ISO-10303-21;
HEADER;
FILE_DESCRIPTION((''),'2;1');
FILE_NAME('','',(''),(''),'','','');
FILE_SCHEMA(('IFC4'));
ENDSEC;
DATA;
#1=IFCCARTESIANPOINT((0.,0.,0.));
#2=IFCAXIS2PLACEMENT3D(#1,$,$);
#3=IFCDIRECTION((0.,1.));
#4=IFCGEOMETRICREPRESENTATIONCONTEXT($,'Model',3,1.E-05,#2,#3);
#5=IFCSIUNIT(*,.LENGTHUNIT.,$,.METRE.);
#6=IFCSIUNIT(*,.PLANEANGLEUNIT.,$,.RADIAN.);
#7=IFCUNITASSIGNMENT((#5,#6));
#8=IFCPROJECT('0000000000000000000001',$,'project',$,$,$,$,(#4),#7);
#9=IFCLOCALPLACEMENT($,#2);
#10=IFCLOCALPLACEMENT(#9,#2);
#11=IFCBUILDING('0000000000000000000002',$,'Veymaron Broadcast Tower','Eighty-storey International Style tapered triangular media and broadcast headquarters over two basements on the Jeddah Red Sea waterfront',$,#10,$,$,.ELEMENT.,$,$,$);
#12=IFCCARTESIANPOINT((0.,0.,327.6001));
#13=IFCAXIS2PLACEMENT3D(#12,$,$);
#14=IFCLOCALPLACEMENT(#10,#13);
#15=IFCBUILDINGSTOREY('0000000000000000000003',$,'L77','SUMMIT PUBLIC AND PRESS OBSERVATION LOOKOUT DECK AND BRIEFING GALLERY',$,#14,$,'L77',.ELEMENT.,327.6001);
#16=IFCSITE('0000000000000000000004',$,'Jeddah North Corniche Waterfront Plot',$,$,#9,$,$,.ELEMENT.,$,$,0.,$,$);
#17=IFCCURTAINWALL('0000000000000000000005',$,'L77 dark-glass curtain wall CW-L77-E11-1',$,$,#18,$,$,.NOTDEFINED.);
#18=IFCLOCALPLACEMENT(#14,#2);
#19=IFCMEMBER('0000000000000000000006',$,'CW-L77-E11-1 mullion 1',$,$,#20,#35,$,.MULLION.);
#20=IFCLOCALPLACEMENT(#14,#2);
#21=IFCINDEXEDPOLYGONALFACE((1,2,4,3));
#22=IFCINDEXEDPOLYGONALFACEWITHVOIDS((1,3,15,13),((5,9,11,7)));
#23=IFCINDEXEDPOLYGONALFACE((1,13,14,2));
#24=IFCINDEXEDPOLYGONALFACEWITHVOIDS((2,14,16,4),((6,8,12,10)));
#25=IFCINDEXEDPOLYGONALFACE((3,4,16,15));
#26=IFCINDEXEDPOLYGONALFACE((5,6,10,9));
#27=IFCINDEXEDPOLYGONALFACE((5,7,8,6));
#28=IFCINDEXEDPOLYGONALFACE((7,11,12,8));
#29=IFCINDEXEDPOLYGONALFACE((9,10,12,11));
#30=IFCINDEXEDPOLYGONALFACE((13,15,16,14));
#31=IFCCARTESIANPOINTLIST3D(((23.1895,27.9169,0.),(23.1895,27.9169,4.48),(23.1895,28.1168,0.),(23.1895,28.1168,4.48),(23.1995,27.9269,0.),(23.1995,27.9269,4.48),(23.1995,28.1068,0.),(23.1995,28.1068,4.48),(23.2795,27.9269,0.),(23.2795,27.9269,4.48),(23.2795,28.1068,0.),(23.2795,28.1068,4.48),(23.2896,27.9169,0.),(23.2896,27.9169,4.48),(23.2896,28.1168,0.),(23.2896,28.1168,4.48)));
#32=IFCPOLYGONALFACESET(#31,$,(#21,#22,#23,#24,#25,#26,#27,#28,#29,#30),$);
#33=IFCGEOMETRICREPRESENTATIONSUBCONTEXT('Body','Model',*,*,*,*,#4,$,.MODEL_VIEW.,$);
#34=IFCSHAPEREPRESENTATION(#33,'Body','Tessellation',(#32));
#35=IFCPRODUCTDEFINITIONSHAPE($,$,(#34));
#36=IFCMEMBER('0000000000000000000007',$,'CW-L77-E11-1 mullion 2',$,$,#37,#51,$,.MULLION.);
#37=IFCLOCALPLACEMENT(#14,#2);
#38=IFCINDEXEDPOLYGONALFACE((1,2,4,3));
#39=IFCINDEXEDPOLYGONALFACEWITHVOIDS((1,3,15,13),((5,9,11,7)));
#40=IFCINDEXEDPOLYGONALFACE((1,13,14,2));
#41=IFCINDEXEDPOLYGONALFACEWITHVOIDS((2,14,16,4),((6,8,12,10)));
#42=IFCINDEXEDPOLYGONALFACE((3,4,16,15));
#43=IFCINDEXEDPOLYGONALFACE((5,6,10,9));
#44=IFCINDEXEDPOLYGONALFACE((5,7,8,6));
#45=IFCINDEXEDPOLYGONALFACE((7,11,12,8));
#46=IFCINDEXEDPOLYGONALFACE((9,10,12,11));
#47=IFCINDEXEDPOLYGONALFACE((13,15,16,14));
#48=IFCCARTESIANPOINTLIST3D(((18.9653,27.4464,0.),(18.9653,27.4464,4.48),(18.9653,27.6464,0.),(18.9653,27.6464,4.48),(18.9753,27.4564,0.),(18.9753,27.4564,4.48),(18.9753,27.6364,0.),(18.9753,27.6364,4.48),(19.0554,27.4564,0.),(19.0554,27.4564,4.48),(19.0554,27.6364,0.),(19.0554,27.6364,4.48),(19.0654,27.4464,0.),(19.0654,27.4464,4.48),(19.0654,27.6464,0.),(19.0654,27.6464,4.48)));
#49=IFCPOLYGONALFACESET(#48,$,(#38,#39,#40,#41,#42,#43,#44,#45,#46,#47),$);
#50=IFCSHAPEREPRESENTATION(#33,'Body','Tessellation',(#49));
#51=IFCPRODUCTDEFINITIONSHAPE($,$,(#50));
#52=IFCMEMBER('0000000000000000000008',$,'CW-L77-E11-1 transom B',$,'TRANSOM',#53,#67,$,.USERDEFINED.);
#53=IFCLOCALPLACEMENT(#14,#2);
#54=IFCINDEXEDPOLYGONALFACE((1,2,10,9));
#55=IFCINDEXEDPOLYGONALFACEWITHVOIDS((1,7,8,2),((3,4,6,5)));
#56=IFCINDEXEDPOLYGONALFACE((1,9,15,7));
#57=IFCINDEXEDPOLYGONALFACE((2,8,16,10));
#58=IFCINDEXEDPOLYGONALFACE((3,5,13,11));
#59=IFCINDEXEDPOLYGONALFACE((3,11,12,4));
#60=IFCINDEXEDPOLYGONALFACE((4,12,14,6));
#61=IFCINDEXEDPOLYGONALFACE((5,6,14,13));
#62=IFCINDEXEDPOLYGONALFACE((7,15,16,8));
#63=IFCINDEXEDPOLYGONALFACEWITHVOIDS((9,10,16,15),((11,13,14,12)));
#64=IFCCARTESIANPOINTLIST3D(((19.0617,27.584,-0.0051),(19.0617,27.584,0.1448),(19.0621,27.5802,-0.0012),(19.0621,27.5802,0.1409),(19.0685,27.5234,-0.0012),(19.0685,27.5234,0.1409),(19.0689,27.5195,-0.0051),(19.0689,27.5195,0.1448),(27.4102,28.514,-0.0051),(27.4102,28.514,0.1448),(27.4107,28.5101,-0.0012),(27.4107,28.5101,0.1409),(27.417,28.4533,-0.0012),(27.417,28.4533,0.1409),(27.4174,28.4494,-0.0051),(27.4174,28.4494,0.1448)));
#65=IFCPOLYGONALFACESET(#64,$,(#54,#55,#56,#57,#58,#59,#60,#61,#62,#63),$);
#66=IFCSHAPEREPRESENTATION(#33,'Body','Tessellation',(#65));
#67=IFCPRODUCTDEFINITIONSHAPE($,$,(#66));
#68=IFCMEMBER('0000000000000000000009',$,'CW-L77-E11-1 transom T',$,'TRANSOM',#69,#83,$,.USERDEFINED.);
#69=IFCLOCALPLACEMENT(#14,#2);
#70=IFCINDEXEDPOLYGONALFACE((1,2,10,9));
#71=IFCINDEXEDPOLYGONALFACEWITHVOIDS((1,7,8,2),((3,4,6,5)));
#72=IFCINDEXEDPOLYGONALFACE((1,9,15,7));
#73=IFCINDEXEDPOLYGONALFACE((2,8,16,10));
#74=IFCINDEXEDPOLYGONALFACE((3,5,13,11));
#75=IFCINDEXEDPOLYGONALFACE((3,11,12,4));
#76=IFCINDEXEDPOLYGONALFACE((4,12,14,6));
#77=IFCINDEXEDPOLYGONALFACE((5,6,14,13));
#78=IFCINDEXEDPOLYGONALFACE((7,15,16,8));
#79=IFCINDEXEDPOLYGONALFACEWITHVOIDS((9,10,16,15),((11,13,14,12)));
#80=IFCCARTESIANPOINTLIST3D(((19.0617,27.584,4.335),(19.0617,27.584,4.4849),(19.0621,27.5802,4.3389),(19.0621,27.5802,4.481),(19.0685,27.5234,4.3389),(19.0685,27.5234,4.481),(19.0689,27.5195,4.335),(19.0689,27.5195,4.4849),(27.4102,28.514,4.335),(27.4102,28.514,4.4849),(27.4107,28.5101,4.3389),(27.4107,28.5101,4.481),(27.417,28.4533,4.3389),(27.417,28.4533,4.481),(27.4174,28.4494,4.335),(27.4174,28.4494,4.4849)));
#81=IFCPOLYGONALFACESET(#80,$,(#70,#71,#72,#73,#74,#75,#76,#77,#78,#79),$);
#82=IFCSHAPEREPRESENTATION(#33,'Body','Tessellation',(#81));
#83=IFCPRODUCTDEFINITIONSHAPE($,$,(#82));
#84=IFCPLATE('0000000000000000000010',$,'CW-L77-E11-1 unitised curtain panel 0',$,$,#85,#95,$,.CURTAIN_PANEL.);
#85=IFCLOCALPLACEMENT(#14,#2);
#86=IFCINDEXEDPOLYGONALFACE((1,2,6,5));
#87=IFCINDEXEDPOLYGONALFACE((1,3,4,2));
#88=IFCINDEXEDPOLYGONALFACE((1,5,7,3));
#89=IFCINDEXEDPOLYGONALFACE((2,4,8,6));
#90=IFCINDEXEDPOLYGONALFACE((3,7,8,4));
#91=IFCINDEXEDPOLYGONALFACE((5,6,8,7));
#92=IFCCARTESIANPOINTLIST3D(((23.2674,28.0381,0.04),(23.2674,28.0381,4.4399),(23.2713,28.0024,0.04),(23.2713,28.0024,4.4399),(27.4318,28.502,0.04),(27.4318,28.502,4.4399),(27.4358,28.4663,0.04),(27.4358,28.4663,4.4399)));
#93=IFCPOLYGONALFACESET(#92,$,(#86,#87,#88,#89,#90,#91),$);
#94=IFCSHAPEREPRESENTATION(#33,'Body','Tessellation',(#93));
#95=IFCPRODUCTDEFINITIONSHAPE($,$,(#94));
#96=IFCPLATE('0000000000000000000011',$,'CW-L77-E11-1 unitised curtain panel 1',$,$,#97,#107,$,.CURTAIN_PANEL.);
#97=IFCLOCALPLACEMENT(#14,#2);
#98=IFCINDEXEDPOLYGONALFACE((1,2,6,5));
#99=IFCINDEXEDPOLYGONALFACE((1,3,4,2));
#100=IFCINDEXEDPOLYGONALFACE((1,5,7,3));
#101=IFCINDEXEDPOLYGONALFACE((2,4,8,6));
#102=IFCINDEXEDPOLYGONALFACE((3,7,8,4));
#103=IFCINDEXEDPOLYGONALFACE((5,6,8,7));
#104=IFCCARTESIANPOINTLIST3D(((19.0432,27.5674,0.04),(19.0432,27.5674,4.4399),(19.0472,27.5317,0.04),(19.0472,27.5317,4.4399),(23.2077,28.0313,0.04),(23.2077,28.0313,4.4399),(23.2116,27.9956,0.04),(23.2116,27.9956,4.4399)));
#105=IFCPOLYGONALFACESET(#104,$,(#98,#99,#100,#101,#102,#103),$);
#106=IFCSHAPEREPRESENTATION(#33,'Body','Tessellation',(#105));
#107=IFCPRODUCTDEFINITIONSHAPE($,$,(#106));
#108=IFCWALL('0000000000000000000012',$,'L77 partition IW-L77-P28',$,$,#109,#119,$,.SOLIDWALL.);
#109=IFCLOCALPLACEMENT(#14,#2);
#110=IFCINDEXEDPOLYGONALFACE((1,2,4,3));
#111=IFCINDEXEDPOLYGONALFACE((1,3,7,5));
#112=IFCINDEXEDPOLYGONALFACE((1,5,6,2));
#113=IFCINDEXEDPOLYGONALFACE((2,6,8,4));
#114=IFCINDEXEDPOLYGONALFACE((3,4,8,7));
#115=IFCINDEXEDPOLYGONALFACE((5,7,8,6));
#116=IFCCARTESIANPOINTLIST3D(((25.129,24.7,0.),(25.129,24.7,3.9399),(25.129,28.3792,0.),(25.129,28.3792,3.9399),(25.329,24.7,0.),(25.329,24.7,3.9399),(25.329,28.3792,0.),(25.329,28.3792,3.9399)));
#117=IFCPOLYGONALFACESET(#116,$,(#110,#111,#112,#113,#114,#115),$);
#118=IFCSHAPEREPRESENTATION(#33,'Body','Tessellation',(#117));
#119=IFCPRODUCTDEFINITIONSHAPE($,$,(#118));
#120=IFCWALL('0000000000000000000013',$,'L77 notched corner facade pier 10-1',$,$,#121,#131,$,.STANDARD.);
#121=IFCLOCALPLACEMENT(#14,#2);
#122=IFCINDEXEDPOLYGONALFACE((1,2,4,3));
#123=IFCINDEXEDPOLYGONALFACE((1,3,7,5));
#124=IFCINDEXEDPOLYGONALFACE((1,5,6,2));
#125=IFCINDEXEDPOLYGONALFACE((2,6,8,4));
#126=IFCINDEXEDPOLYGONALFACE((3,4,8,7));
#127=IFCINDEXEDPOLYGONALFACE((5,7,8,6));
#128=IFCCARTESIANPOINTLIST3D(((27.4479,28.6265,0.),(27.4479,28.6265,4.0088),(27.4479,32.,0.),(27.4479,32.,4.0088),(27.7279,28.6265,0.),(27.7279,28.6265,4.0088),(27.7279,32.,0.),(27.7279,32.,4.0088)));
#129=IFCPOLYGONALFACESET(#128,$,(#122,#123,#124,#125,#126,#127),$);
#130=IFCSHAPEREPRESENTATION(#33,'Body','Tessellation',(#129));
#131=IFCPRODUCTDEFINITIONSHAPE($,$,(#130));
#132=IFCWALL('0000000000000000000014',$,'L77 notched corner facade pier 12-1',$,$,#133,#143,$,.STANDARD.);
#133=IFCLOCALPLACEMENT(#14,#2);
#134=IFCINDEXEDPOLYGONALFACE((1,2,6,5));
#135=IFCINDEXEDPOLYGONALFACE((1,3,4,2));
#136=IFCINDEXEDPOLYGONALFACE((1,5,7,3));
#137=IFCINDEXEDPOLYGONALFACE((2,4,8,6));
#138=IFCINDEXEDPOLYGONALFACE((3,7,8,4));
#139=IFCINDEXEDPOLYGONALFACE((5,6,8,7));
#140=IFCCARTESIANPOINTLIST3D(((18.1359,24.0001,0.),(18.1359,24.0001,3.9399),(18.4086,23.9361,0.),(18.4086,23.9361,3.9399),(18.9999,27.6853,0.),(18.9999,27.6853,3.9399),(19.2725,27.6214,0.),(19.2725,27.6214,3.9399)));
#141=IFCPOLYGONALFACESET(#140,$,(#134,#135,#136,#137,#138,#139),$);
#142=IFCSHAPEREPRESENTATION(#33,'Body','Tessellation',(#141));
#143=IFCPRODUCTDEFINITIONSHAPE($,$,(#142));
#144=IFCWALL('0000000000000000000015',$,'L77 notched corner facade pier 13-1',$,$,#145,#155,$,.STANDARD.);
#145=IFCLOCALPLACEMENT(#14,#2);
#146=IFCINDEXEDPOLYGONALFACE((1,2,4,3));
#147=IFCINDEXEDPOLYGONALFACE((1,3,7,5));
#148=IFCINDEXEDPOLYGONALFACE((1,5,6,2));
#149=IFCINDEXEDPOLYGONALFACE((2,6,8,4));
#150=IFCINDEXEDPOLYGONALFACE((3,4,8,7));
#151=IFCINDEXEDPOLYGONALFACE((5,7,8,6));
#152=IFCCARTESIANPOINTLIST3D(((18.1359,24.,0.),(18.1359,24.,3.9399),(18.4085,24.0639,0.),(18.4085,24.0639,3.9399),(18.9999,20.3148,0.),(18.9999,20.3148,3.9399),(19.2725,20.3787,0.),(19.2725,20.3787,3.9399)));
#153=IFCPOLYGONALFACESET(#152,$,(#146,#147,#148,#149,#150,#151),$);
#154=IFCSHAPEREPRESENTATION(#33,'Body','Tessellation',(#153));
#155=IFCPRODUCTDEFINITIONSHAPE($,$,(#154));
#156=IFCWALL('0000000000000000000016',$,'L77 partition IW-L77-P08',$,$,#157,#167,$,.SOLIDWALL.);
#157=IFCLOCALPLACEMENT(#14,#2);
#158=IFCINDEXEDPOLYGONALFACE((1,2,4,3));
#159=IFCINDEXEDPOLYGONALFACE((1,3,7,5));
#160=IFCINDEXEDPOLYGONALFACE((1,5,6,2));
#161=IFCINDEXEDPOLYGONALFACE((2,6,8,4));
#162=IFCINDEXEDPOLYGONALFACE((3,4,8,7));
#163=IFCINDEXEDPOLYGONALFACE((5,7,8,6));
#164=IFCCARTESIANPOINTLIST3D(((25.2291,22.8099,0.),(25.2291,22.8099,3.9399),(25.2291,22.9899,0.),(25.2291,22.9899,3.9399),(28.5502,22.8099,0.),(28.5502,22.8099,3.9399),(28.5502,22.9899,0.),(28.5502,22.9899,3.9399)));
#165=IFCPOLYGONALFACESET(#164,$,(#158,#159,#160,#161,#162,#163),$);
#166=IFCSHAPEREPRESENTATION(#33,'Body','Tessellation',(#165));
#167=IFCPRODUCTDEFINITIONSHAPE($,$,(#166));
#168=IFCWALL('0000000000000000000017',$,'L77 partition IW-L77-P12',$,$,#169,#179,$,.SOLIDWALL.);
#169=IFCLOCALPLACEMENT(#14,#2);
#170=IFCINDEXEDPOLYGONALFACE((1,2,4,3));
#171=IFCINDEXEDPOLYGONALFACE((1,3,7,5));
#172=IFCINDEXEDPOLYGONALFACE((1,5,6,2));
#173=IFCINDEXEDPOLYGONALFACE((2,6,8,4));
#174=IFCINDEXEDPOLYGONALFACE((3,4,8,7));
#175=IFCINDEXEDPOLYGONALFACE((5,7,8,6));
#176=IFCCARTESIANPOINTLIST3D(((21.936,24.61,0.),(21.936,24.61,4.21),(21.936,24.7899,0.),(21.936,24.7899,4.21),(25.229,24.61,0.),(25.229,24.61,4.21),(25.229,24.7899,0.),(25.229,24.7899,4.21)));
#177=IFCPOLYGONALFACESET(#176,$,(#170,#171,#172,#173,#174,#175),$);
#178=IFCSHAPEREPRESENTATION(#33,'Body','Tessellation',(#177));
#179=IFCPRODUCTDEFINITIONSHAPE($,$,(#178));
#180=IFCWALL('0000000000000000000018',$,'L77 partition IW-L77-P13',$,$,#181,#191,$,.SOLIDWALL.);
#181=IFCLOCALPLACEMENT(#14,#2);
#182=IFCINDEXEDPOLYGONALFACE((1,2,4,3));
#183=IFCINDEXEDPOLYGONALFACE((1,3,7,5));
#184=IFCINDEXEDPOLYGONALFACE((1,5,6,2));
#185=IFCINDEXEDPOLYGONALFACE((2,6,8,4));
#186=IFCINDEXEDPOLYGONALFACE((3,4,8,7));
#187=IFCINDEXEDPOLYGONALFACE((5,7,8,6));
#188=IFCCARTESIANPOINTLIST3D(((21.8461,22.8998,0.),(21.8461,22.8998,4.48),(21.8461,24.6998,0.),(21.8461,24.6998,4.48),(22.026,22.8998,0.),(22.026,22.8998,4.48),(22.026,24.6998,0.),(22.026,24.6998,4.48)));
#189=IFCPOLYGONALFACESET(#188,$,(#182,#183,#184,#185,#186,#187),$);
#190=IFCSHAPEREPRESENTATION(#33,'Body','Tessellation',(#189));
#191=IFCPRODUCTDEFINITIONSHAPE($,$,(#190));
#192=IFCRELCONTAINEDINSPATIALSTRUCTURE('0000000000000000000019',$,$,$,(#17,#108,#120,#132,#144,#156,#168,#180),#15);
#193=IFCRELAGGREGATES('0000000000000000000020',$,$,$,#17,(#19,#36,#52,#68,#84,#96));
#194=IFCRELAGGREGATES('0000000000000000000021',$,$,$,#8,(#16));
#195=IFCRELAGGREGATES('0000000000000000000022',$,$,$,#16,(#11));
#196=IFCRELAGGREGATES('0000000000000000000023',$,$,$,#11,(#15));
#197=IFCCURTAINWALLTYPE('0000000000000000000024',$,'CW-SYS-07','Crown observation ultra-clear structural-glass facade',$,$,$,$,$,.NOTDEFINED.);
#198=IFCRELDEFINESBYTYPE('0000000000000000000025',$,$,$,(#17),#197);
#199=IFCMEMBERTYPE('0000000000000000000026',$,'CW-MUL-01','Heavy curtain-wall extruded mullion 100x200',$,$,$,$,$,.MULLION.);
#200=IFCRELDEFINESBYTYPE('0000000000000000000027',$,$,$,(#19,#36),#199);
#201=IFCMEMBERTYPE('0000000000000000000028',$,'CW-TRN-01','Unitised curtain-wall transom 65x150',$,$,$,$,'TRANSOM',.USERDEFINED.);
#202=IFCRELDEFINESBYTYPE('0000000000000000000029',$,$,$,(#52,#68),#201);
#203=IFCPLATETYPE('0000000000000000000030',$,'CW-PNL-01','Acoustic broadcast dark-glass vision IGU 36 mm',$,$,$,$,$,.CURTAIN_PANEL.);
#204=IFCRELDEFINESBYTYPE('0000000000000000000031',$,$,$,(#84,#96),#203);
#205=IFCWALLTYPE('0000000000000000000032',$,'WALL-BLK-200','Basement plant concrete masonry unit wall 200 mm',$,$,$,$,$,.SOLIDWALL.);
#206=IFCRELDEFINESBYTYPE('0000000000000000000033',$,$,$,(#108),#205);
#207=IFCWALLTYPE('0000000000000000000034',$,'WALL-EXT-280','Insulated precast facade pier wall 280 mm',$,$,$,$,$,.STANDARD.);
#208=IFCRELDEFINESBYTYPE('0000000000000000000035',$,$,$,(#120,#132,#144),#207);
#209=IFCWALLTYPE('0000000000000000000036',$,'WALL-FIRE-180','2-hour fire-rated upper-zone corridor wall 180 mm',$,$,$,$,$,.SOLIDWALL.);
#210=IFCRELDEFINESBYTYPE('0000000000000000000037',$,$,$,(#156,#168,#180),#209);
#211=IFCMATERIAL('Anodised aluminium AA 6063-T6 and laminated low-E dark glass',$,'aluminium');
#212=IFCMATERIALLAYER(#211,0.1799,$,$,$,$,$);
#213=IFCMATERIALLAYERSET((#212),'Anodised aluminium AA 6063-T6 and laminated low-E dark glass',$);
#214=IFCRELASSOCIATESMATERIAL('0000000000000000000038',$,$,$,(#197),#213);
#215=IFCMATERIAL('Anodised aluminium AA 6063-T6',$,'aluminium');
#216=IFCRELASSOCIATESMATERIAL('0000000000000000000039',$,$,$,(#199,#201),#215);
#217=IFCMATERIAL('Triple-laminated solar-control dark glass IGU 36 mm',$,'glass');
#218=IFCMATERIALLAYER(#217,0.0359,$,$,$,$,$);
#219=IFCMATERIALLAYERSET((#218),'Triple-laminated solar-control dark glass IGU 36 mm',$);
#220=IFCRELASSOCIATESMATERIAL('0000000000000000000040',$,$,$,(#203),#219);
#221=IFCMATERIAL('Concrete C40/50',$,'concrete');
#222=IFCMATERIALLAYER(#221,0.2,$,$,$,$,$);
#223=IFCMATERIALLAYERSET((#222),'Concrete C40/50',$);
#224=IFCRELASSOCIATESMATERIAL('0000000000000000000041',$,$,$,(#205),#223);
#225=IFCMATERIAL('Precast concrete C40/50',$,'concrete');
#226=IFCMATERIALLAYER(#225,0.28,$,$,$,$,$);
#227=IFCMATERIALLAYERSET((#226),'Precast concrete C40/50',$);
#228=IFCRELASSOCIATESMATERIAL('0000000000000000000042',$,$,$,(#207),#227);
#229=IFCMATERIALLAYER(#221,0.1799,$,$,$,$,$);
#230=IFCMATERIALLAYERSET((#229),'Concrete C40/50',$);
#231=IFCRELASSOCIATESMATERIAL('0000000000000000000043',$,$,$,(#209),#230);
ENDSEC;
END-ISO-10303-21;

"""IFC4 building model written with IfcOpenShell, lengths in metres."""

from ifc_helpers import new_model, si_unit, direction, frame, frame_2d, origin, origin_2d, place, context, subcontext, project, spatial, rectangle, hollow_rectangle, extrude, material, layer, layer_set, material_profile, profile_set, type_object, element, aggregate, save


model = new_model("IFC4")

# Units and contexts
model_context = context("Model", 3, precision=1e-05, world=origin(), true_north=direction((0.0, 1.0)))
body_context = subcontext(model_context, "Body", "Model", "MODEL_VIEW")
ifc_project = project(units=[si_unit("LENGTHUNIT", "METRE"), si_unit("PLANEANGLEUNIT", "RADIAN")], contexts=[model_context])

# Site, building, storey
site_placement = place(None, origin())
site = spatial("IfcSite", under=ifc_project, at=site_placement, Name="Jeddah North Corniche Waterfront Plot", CompositionType="ELEMENT", RefElevation=0.0)
building_placement = place(site_placement, origin())
building = spatial("IfcBuilding", under=site, at=building_placement, Name="Veymaron Broadcast Tower", Description="Eighty-storey International Style tapered triangular media and broadcast headquarters over two basements on the Jeddah Red Sea waterfront", CompositionType="ELEMENT")
storey_placement = place(building_placement, frame((0.0, 0.0, 327.6001)))
storey = spatial("IfcBuildingStorey", under=building, at=storey_placement, Name="L77", Description="SUMMIT PUBLIC AND PRESS OBSERVATION LOOKOUT DECK AND BRIEFING GALLERY", LongName="L77", CompositionType="ELEMENT", Elevation=327.6001)

# Curtain wall, members, plates
ifc_material_1 = material(Name="Anodised aluminium AA 6063-T6 and laminated low-E dark glass", Category="aluminium")
ifc_layer_1 = layer(ifc_material_1, 0.1799)
ifc_layer_set_1 = layer_set([ifc_layer_1], Name="Anodised aluminium AA 6063-T6 and laminated low-E dark glass")
curtain_wall_type = type_object("IfcCurtainWallType", Name="CW-SYS-07", Description="Crown observation ultra-clear structural-glass facade", PredefinedType="NOTDEFINED", material=ifc_layer_set_1)
curtain_wall_placement = place(storey_placement, origin())
curtain_wall = element("IfcCurtainWall", 1, at=curtain_wall_placement, inside=storey, type_object=curtain_wall_type, Name="L77 dark-glass curtain wall CW-L77-E11-1", PredefinedType="NOTDEFINED")
ifc_material_2 = material(Name="Anodised aluminium AA 6063-T6", Category="aluminium")
ifc_material_profile_1 = material_profile(ifc_material_2, hollow_rectangle(XDim=0.1001, YDim=0.2, WallThickness=0.01, at=origin_2d()), Name="RHS200X100X10")
ifc_profile_set_1 = profile_set([ifc_material_profile_1], Name="Anodised aluminium AA 6063-T6")
member_type_1 = type_object("IfcMemberType", Name="CW-MUL-01", Description="Heavy curtain-wall extruded mullion 100x200", PredefinedType="MULLION", material=ifc_profile_set_1)
member_1_placement = place(storey_placement, frame((23.2395, 28.0168, 0.0), z_axis=(0.0, 0.0, 1.0), x_axis=(1.0, 0.0, 0.0)))
member_1 = element("IfcMember", 2, at=member_1_placement, type_object=member_type_1, Name="CW-L77-E11-1 mullion 1", PredefinedType="MULLION", context=body_context, shape_type="SweptSolid", body=[
    extrude(hollow_rectangle(XDim=0.1001, YDim=0.2, WallThickness=0.01, at=origin_2d()), origin(), (0.0, 0.0, 1.0), 4.48),
])
member_2_placement = place(storey_placement, frame((19.0154, 27.5464, 0.0), z_axis=(0.0, 0.0, 1.0), x_axis=(1.0, 0.0, 0.0)))
member_2 = element("IfcMember", 3, at=member_2_placement, type_object=member_type_1, Name="CW-L77-E11-1 mullion 2", PredefinedType="MULLION", context=body_context, shape_type="SweptSolid", body=[
    extrude(hollow_rectangle(XDim=0.1001, YDim=0.2, WallThickness=0.01, at=origin_2d()), origin(), (0.0, 0.0, 1.0), 4.48),
])
ifc_material_profile_2 = material_profile(ifc_material_2, hollow_rectangle(XDim=0.0649, YDim=0.1499, WallThickness=0.0039, at=origin_2d()), Name="AL150X65X4")
ifc_profile_set_2 = profile_set([ifc_material_profile_2], Name="Anodised aluminium AA 6063-T6")
member_type_2 = type_object("IfcMemberType", Name="CW-TRN-01", Description="Unitised curtain-wall transom 65x150", ElementType="TRANSOM", PredefinedType="USERDEFINED", material=ifc_profile_set_2)
member_3_placement = place(storey_placement, frame((27.4138, 28.4817, 0.0698), z_axis=(-0.993854, -0.110703, 0.0), x_axis=(0.110703, -0.993854, 0.0)))
member_3 = element("IfcMember", 4, at=member_3_placement, type_object=member_type_2, Name="CW-L77-E11-1 transom B", ObjectType="TRANSOM", PredefinedType="USERDEFINED", context=body_context, shape_type="SweptSolid", body=[
    extrude(hollow_rectangle(XDim=0.0649, YDim=0.1499, WallThickness=0.0039, at=origin_2d()), origin(), (0.0, 0.0, 1.0), 8.4001),
])
member_4_placement = place(storey_placement, frame((27.4138, 28.4817, 4.4099), z_axis=(-0.993854, -0.110703, 0.0), x_axis=(0.110703, -0.993854, 0.0)))
member_4 = element("IfcMember", 5, at=member_4_placement, type_object=member_type_2, Name="CW-L77-E11-1 transom T", ObjectType="TRANSOM", PredefinedType="USERDEFINED", context=body_context, shape_type="SweptSolid", body=[
    extrude(hollow_rectangle(XDim=0.0649, YDim=0.1499, WallThickness=0.0039, at=origin_2d()), origin(), (0.0, 0.0, 1.0), 8.4001),
])
ifc_material_3 = material(Name="Triple-laminated solar-control dark glass IGU 36 mm", Category="glass")
ifc_layer_2 = layer(ifc_material_3, 0.0359)
ifc_layer_set_2 = layer_set([ifc_layer_2], Name="Triple-laminated solar-control dark glass IGU 36 mm")
plate_type = type_object("IfcPlateType", Name="CW-PNL-01", Description="Acoustic broadcast dark-glass vision IGU 36 mm", PredefinedType="CURTAIN_PANEL", material=ifc_layer_set_2)
plate_1_placement = place(storey_placement, frame((25.3516, 28.2522, 0.04), z_axis=(0.0, 0.0, 1.0), x_axis=(-0.993853, -0.110706, 0.0)))
plate_1 = element("IfcPlate", 6, at=plate_1_placement, type_object=plate_type, Name="CW-L77-E11-1 unitised curtain panel 0", PredefinedType="CURTAIN_PANEL", context=body_context, shape_type="SweptSolid", body=[
    extrude(rectangle(XDim=4.1902, YDim=0.0359, at=origin_2d()), origin(), (0.0, 0.0, 1.0), 4.3999),
])
plate_2_placement = place(storey_placement, frame((21.1274, 27.7815, 0.04), z_axis=(0.0, 0.0, 1.0), x_axis=(-0.993853, -0.110706, 0.0)))
plate_2 = element("IfcPlate", 7, at=plate_2_placement, type_object=plate_type, Name="CW-L77-E11-1 unitised curtain panel 1", PredefinedType="CURTAIN_PANEL", context=body_context, shape_type="SweptSolid", body=[
    extrude(rectangle(XDim=4.1902, YDim=0.0359, at=origin_2d()), origin(), (0.0, 0.0, 1.0), 4.3999),
])
aggregate(curtain_wall, [member_1, member_2, member_3, member_4, plate_1, plate_2])

# Walls
ifc_material_4 = material(Name="Concrete C40/50", Category="concrete")
ifc_layer_3 = layer(ifc_material_4, 0.2)
ifc_layer_set_3 = layer_set([ifc_layer_3], Name="Concrete C40/50")
wall_type_1 = type_object("IfcWallType", Name="WALL-BLK-200", Description="Basement plant concrete masonry unit wall 200 mm", PredefinedType="SOLIDWALL", material=ifc_layer_set_3)
wall_1_placement = place(storey_placement, frame((25.229, 24.7, 0.0), z_axis=(0.0, 0.0, 1.0), x_axis=(0.0, 1.0, 0.0)))
element("IfcWall", 8, at=wall_1_placement, inside=storey, type_object=wall_type_1, Name="L77 partition IW-L77-P28", PredefinedType="SOLIDWALL", context=body_context, shape_type="SweptSolid", body=[
    extrude(rectangle(XDim=3.6792, YDim=0.2, at=frame_2d((1.8396, 0.0))), origin(), (0.0, 0.0, 1.0), 3.9399),
])
ifc_material_5 = material(Name="Precast concrete C40/50", Category="concrete")
ifc_layer_4 = layer(ifc_material_5, 0.28)
ifc_layer_set_4 = layer_set([ifc_layer_4], Name="Precast concrete C40/50")
wall_type_2 = type_object("IfcWallType", Name="WALL-EXT-280", Description="Insulated precast facade pier wall 280 mm", PredefinedType="STANDARD", material=ifc_layer_set_4)
wall_2_placement = place(storey_placement, frame((27.5879, 32.0, 0.0), z_axis=(0.0, 0.0, 1.0), x_axis=(0.0, -1.0, 0.0)))
element("IfcWall", 9, at=wall_2_placement, inside=storey, type_object=wall_type_2, Name="L77 notched corner facade pier 10-1", PredefinedType="STANDARD", context=body_context, shape_type="SweptSolid", body=[
    extrude(rectangle(XDim=3.3735, YDim=0.28, at=frame_2d((1.6868, 0.0))), origin(), (0.0, 0.0, 1.0), 4.0088),
])
for number, where, z_axis, x_axis, name in (
    (10, (19.1362, 27.6533, 0.0), (0.0, 0.0, 1.0), (-0.228259, -0.9736, 0.0), "L77 notched corner facade pier 12-1"),
    (11, (18.2722, 24.032, 0.0), (0.0, 0.0, 1.0), (0.228259, -0.9736, 0.0), "L77 notched corner facade pier 13-1"),
):
    element("IfcWall", number, at=place(storey_placement, frame(where, z_axis=z_axis, x_axis=x_axis)), inside=storey, type_object=wall_type_2, Name=name, PredefinedType="STANDARD", context=body_context, shape_type="SweptSolid", body=[
        extrude(rectangle(XDim=3.7852, YDim=0.28, at=frame_2d((1.8926, 0.0))), origin(), (0.0, 0.0, 1.0), 3.9399),
    ])

# Shared definitions
ifc_layer_5 = layer(ifc_material_4, 0.1799)
ifc_layer_set_5 = layer_set([ifc_layer_5], Name="Concrete C40/50")
wall_type_3 = type_object("IfcWallType", Name="WALL-FIRE-180", Description="2-hour fire-rated upper-zone corridor wall 180 mm", PredefinedType="SOLIDWALL", material=ifc_layer_set_5)

# Walls
wall_3_placement = place(storey_placement, frame((25.229, 22.8999, 0.0), z_axis=(0.0, 0.0, 1.0), x_axis=(1.0, 0.0, 0.0)))
element("IfcWall", 12, at=wall_3_placement, inside=storey, type_object=wall_type_3, Name="L77 partition IW-L77-P08", PredefinedType="SOLIDWALL", context=body_context, shape_type="SweptSolid", body=[
    extrude(rectangle(XDim=3.321, YDim=0.1799, at=frame_2d((1.6606, 0.0))), origin(), (0.0, 0.0, 1.0), 3.9399),
])
wall_4_placement = place(storey_placement, frame((21.936, 24.7, 0.0), z_axis=(0.0, 0.0, 1.0), x_axis=(1.0, 0.0, 0.0)))
element("IfcWall", 13, at=wall_4_placement, inside=storey, type_object=wall_type_3, Name="L77 partition IW-L77-P12", PredefinedType="SOLIDWALL", context=body_context, shape_type="SweptSolid", body=[
    extrude(rectangle(XDim=3.293, YDim=0.1799, at=frame_2d((1.6465, 0.0))), origin(), (0.0, 0.0, 1.0), 4.21),
])
wall_5_placement = place(storey_placement, frame((21.936, 22.8999, 0.0), z_axis=(0.0, 0.0, 1.0), x_axis=(0.0, 1.0, 0.0)))
element("IfcWall", 14, at=wall_5_placement, inside=storey, type_object=wall_type_3, Name="L77 partition IW-L77-P13", PredefinedType="SOLIDWALL", context=body_context, shape_type="SweptSolid", body=[
    extrude(rectangle(XDim=1.8, YDim=0.1799, at=frame_2d((0.8999, 0.0))), origin(), (0.0, 0.0, 1.0), 4.48),
])

save(model, "model.ifc")
